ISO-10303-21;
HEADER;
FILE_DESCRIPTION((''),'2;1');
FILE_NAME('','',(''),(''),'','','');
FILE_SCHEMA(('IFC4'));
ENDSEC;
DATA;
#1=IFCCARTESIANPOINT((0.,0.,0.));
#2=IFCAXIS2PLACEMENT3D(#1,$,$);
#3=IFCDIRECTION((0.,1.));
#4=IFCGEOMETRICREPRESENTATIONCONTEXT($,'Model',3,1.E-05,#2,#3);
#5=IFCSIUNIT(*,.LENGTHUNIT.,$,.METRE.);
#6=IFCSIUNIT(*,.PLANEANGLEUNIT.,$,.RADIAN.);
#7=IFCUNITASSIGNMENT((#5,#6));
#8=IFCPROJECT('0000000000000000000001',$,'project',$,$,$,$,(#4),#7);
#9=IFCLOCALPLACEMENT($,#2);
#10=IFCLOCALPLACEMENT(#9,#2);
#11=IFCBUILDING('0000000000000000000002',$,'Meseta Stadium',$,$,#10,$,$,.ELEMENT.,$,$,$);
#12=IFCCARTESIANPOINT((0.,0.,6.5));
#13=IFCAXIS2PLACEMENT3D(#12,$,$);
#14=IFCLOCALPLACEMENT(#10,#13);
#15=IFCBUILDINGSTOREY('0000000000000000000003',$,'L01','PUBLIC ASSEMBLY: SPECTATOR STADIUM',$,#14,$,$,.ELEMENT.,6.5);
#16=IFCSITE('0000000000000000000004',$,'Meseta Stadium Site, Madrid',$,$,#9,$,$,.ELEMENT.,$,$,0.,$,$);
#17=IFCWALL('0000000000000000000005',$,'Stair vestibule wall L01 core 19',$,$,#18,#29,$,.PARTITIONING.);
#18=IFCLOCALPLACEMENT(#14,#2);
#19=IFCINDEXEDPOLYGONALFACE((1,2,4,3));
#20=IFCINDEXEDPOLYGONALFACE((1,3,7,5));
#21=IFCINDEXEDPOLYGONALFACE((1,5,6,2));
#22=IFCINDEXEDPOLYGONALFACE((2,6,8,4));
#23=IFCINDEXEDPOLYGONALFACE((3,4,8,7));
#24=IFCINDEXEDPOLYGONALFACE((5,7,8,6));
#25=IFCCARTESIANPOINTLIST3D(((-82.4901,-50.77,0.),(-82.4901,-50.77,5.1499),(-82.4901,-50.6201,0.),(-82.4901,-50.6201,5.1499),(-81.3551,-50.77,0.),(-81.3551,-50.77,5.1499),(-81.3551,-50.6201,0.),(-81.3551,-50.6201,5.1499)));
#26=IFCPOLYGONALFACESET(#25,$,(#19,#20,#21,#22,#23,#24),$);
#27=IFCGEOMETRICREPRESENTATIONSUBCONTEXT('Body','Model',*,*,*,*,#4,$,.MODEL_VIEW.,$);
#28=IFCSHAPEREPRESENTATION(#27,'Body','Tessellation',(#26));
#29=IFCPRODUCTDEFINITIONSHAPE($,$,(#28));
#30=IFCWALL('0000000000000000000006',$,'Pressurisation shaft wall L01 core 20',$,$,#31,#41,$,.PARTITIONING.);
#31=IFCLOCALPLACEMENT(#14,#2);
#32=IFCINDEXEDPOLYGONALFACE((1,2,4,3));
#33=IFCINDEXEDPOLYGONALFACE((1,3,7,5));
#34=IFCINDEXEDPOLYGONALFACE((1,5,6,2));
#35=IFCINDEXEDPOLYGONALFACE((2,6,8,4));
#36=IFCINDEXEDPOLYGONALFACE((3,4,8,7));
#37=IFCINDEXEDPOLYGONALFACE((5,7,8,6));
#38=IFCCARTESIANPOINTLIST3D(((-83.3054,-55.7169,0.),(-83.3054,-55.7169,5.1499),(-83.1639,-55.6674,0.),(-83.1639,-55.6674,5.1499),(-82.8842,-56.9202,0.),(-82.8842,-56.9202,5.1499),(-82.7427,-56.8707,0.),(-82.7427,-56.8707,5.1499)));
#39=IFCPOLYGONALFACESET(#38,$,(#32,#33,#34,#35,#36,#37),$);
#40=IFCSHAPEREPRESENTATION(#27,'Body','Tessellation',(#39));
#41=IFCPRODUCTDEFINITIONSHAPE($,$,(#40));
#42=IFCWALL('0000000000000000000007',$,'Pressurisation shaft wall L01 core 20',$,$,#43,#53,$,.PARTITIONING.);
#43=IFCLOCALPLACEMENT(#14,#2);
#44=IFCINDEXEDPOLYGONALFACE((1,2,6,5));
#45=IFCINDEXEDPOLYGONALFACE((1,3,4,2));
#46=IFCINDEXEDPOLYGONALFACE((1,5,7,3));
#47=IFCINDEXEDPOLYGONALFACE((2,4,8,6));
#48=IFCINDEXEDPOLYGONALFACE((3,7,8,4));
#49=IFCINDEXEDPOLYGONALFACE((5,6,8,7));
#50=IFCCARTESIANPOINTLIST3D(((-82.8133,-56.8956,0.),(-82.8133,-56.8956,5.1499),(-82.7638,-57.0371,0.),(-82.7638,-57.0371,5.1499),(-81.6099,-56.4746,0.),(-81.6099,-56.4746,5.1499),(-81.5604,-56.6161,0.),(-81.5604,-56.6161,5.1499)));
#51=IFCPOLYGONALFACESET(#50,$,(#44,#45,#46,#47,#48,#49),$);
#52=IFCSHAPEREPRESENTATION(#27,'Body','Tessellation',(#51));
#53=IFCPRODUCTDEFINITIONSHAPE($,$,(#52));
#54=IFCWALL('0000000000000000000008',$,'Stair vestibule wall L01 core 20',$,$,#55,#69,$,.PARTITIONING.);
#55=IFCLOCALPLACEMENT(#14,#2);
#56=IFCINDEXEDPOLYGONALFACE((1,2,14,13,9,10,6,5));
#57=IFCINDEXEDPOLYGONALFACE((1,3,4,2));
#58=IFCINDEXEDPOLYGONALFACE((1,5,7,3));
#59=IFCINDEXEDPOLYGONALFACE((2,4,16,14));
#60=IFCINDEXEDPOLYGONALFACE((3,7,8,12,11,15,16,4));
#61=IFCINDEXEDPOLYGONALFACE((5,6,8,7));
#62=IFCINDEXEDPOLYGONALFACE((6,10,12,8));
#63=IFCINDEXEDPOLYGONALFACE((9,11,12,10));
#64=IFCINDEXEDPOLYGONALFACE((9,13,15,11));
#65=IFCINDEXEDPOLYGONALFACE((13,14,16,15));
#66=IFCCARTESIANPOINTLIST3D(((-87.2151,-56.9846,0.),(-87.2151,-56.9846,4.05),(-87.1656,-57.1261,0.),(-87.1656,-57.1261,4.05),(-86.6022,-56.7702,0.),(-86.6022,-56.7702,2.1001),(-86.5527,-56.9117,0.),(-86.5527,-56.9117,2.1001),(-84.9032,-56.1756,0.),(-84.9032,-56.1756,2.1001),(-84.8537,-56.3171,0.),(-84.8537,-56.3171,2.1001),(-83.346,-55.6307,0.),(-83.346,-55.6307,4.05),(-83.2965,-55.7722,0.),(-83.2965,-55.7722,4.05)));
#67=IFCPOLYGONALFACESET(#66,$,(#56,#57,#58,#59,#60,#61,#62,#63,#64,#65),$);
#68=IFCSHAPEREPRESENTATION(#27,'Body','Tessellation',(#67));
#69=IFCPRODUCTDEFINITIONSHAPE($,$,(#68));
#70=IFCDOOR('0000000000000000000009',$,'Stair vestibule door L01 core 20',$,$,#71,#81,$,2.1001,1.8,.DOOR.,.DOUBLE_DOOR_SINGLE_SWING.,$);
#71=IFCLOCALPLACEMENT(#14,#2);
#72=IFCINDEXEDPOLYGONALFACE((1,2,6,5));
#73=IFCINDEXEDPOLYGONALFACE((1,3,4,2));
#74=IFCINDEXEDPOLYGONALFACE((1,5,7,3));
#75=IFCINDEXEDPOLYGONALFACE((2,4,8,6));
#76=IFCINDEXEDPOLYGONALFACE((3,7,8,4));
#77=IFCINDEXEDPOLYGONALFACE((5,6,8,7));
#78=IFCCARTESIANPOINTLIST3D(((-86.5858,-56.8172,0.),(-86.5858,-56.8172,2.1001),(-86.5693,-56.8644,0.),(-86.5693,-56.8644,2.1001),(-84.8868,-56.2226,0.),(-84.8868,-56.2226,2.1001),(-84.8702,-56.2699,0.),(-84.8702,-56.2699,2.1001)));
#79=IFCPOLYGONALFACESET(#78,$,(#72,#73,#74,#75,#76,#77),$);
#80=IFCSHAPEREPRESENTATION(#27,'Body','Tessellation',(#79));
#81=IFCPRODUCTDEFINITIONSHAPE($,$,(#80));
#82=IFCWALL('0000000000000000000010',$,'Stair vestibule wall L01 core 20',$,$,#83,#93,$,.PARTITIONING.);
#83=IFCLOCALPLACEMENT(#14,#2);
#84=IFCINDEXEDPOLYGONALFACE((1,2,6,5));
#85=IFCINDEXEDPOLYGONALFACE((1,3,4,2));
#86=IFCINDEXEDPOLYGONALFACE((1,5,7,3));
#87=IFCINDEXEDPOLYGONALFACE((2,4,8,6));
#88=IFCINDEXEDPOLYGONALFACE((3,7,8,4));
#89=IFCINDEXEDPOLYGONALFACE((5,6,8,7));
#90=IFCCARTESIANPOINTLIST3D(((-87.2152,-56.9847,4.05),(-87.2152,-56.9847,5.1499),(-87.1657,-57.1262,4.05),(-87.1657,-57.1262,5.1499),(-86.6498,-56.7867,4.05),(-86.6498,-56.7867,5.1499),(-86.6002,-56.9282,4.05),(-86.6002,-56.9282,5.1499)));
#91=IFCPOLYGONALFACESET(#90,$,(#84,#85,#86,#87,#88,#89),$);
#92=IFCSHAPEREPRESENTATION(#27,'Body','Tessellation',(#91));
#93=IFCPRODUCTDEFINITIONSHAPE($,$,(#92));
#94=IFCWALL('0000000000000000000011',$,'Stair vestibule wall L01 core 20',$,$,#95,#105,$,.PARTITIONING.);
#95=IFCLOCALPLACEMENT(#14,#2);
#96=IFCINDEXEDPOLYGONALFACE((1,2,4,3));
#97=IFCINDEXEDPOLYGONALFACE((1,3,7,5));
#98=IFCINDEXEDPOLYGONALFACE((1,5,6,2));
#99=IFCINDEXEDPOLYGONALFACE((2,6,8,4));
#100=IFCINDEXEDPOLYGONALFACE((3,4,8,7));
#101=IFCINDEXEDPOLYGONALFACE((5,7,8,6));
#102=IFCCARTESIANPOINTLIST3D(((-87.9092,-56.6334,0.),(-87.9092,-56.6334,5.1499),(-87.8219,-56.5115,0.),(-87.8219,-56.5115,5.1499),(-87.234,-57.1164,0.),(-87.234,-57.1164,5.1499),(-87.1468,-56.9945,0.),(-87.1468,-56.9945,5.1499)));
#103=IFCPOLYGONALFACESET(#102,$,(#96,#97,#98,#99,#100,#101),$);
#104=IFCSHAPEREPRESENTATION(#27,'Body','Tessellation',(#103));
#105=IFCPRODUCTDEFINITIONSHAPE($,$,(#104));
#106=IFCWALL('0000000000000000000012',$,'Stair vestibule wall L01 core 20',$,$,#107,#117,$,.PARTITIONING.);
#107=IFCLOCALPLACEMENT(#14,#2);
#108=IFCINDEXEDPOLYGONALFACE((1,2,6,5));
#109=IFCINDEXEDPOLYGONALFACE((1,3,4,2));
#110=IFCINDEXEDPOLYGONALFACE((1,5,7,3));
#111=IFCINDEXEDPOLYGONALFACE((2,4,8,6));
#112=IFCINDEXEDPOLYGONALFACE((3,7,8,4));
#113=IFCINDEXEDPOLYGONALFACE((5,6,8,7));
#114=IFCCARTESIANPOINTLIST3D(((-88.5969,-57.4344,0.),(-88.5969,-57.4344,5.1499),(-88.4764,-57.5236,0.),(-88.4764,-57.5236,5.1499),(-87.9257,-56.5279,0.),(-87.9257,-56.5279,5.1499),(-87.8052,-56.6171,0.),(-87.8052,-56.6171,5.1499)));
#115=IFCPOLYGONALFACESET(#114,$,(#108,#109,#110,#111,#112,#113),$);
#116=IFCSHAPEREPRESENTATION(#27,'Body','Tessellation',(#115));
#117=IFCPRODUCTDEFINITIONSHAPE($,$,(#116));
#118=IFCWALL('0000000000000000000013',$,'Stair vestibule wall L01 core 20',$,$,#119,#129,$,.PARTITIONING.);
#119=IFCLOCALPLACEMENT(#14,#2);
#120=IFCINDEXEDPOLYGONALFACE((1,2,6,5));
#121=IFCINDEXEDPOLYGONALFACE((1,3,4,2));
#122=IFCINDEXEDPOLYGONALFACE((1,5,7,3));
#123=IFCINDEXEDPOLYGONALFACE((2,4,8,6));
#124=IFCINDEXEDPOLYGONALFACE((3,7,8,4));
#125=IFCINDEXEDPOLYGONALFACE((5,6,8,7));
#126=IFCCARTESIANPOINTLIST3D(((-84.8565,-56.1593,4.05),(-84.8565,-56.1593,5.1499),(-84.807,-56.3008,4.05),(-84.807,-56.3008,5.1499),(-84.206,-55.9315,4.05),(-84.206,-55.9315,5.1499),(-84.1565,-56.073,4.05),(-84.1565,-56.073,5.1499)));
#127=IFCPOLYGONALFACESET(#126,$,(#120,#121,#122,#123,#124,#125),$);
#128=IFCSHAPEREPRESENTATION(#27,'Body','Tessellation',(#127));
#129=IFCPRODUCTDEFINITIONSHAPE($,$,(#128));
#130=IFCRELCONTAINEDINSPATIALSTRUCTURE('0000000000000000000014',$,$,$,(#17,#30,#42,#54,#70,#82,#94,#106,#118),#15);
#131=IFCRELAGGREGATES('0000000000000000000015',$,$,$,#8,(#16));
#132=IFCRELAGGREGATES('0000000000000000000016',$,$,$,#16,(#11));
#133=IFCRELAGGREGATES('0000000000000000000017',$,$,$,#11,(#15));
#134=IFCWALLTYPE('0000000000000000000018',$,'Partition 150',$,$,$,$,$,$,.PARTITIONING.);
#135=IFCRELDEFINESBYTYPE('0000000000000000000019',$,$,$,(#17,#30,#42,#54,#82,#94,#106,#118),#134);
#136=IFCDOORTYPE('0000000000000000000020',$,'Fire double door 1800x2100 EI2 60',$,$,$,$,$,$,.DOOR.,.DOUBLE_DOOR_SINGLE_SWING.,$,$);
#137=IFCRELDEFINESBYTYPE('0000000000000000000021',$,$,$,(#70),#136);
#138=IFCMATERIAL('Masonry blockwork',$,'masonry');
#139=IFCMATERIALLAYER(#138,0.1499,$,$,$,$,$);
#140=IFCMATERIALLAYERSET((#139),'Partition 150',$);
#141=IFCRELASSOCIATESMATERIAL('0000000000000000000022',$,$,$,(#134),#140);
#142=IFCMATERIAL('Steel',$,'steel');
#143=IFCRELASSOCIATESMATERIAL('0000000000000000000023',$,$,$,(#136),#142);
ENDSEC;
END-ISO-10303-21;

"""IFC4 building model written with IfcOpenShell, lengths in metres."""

from ifc_helpers import new_model, si_unit, direction, frame, frame_2d, origin, place, context, subcontext, project, spatial, rectangle, extrude, material, layer, layer_set, type_object, element, fill, save


model = new_model("IFC4")

# Units and contexts
model_context = context("Model", 3, precision=1e-05, world=origin(), true_north=direction((0.0, 1.0)))
body_context = subcontext(model_context, "Body", "Model", "MODEL_VIEW")
ifc_project = project(units=[si_unit("LENGTHUNIT", "METRE"), si_unit("PLANEANGLEUNIT", "RADIAN")], contexts=[model_context])

# Site, building, storey
site_placement = place(None, origin())
site = spatial("IfcSite", under=ifc_project, at=site_placement, Name="Meseta Stadium Site, Madrid", CompositionType="ELEMENT", RefElevation=0.0)
building_placement = place(site_placement, origin())
building = spatial("IfcBuilding", under=site, at=building_placement, Name="Meseta Stadium", CompositionType="ELEMENT")
storey_placement = place(building_placement, frame((0.0, 0.0, 6.5)))
storey = spatial("IfcBuildingStorey", under=building, at=storey_placement, Name="L01", Description="PUBLIC ASSEMBLY: SPECTATOR STADIUM", CompositionType="ELEMENT", Elevation=6.5)

# Shared definitions
ifc_material_1 = material(Name="Masonry blockwork", Category="masonry")
ifc_layer = layer(ifc_material_1, 0.1499)
ifc_layer_set = layer_set([ifc_layer], Name="Partition 150")
wall_type = type_object("IfcWallType", Name="Partition 150", PredefinedType="PARTITIONING", material=ifc_layer_set)

# Shared definitions
ifc_material_2 = material(Name="Steel", Category="steel")
door_type = type_object("IfcDoorType", Name="Fire double door 1800x2100 EI2 60", OperationType="DOUBLE_DOOR_SINGLE_SWING", PredefinedType="DOOR", material=ifc_material_2)

# Walls
wall_1_placement = place(storey_placement, frame((-82.49, -50.6951, 0.0), z_axis=(0.0, 0.0, 1.0), x_axis=(1.0, 0.0, 0.0)))
element("IfcWall", 1, at=wall_1_placement, inside=storey, type_object=wall_type, Name="Stair vestibule wall L01 core 19", PredefinedType="PARTITIONING", context=body_context, shape_type="SweptSolid", body=[
    extrude(rectangle(XDim=1.135, YDim=0.1499, at=frame_2d((0.5674, 0.0))), origin(), (0.0, 0.0, 1.0), 5.1499),
])
for number, where, z_axis, x_axis, name in (
    (2, (-83.2346, -55.6921, 0.0), (0.0, 0.0, 1.0), (0.330325, -0.943867, 0.0), "Pressurisation shaft wall L01 core 20"),
    (3, (-82.7886, -56.9663, 0.0), (0.0, 0.0, 1.0), (0.943927, 0.330154, 0.0), "Pressurisation shaft wall L01 core 20"),
):
    element("IfcWall", number, at=place(storey_placement, frame(where, z_axis=z_axis, x_axis=x_axis)), inside=storey, type_object=wall_type, Name=name, PredefinedType="PARTITIONING", context=body_context, shape_type="SweptSolid", body=[
        extrude(rectangle(XDim=1.2749, YDim=0.1499, at=frame_2d((0.6375, 0.0))), origin(), (0.0, 0.0, 1.0), 5.1499),
    ])

# Wall, opening, door
wall_2_placement = place(storey_placement, frame((-83.3213, -55.7014, 0.0), z_axis=(0.0, 0.0, 1.0), x_axis=(-0.943873, -0.330308, 0.0)))
wall_2 = element("IfcWall", 4, at=wall_2_placement, inside=storey, type_object=wall_type, Name="Stair vestibule wall L01 core 20", PredefinedType="PARTITIONING", context=body_context, shape_type="SweptSolid", body=[
    extrude(rectangle(XDim=4.0991, YDim=0.1499, at=frame_2d((2.0496, 0.0))), origin(), (0.0, 0.0, 1.0), 4.05),
])
opening_1_placement = place(wall_2_placement, frame((1.6499, 0.0, 0.0)))
opening_1 = element("IfcOpeningElement", 5, at=opening_1_placement, cuts=wall_2, PredefinedType="OPENING", context=body_context, shape_type="SweptSolid", body=[
    extrude(rectangle(XDim=1.8, YDim=2.1001, at=frame_2d((0.8999, 1.05))), frame((0.0, 0.085, 0.0), z_axis=(0.0, -1.0, 0.0), x_axis=(1.0, 0.0, 0.0)), (0.0, 0.0, 1.0), 0.1699),
])
door_1_placement = place(opening_1_placement, origin())
door_1 = element("IfcDoor", 6, at=door_1_placement, inside=storey, type_object=door_type, Name="Stair vestibule door L01 core 20", OperationType="DOUBLE_DOOR_SINGLE_SWING", OverallHeight=2.1001, OverallWidth=1.8, PredefinedType="DOOR", context=body_context, shape_type="SweptSolid", body=[
    extrude(rectangle(XDim=1.8, YDim=2.1001, at=frame_2d((0.8999, 1.05))), frame((0.0, 0.0249, 0.0), z_axis=(0.0, -1.0, 0.0), x_axis=(1.0, 0.0, 0.0)), (0.0, 0.0, 1.0), 0.05),
])
fill(opening_1, door_1)

# Walls
wall_3_placement = place(storey_placement, frame((-86.625, -56.8574, 4.05), z_axis=(0.0, 0.0, 1.0), x_axis=(-0.943808, -0.330496, 0.0)))
element("IfcWall", 7, at=wall_3_placement, inside=storey, type_object=wall_type, Name="Stair vestibule wall L01 core 20", PredefinedType="PARTITIONING", context=body_context, shape_type="SweptSolid", body=[
    extrude(rectangle(XDim=0.5991, YDim=0.1499, at=frame_2d((0.2996, 0.0))), origin(), (0.0, 0.0, 1.0), 1.0999),
])
wall_4_placement = place(storey_placement, frame((-87.1904, -57.0554, 0.0), z_axis=(0.0, 0.0, 1.0), x_axis=(-0.813316, 0.581822, 0.0)))
element("IfcWall", 8, at=wall_4_placement, inside=storey, type_object=wall_type, Name="Stair vestibule wall L01 core 20", PredefinedType="PARTITIONING", context=body_context, shape_type="SweptSolid", body=[
    extrude(rectangle(XDim=0.8301, YDim=0.1499, at=frame_2d((0.415, 0.0))), origin(), (0.0, 0.0, 1.0), 5.1499),
])
wall_5_placement = place(storey_placement, frame((-87.8655, -56.5725, 0.0), z_axis=(0.0, 0.0, 1.0), x_axis=(-0.595036, -0.803699, 0.0)))
element("IfcWall", 9, at=wall_5_placement, inside=storey, type_object=wall_type, Name="Stair vestibule wall L01 core 20", PredefinedType="PARTITIONING", context=body_context, shape_type="SweptSolid", body=[
    extrude(rectangle(XDim=1.1279, YDim=0.1499, at=frame_2d((0.564, 0.0))), origin(), (0.0, 0.0, 1.0), 5.1499),
])
wall_6_placement = place(storey_placement, frame((-84.1812, -56.0022, 4.05), z_axis=(0.0, 0.0, 1.0), x_axis=(-0.943792, -0.33054, 0.0)))
element("IfcWall", 10, at=wall_6_placement, inside=storey, type_object=wall_type, Name="Stair vestibule wall L01 core 20", PredefinedType="PARTITIONING", context=body_context, shape_type="SweptSolid", body=[
    extrude(rectangle(XDim=0.6892, YDim=0.1499, at=frame_2d((0.3447, 0.0))), origin(), (0.0, 0.0, 1.0), 1.0999),
])

save(model, "model.ifc")
